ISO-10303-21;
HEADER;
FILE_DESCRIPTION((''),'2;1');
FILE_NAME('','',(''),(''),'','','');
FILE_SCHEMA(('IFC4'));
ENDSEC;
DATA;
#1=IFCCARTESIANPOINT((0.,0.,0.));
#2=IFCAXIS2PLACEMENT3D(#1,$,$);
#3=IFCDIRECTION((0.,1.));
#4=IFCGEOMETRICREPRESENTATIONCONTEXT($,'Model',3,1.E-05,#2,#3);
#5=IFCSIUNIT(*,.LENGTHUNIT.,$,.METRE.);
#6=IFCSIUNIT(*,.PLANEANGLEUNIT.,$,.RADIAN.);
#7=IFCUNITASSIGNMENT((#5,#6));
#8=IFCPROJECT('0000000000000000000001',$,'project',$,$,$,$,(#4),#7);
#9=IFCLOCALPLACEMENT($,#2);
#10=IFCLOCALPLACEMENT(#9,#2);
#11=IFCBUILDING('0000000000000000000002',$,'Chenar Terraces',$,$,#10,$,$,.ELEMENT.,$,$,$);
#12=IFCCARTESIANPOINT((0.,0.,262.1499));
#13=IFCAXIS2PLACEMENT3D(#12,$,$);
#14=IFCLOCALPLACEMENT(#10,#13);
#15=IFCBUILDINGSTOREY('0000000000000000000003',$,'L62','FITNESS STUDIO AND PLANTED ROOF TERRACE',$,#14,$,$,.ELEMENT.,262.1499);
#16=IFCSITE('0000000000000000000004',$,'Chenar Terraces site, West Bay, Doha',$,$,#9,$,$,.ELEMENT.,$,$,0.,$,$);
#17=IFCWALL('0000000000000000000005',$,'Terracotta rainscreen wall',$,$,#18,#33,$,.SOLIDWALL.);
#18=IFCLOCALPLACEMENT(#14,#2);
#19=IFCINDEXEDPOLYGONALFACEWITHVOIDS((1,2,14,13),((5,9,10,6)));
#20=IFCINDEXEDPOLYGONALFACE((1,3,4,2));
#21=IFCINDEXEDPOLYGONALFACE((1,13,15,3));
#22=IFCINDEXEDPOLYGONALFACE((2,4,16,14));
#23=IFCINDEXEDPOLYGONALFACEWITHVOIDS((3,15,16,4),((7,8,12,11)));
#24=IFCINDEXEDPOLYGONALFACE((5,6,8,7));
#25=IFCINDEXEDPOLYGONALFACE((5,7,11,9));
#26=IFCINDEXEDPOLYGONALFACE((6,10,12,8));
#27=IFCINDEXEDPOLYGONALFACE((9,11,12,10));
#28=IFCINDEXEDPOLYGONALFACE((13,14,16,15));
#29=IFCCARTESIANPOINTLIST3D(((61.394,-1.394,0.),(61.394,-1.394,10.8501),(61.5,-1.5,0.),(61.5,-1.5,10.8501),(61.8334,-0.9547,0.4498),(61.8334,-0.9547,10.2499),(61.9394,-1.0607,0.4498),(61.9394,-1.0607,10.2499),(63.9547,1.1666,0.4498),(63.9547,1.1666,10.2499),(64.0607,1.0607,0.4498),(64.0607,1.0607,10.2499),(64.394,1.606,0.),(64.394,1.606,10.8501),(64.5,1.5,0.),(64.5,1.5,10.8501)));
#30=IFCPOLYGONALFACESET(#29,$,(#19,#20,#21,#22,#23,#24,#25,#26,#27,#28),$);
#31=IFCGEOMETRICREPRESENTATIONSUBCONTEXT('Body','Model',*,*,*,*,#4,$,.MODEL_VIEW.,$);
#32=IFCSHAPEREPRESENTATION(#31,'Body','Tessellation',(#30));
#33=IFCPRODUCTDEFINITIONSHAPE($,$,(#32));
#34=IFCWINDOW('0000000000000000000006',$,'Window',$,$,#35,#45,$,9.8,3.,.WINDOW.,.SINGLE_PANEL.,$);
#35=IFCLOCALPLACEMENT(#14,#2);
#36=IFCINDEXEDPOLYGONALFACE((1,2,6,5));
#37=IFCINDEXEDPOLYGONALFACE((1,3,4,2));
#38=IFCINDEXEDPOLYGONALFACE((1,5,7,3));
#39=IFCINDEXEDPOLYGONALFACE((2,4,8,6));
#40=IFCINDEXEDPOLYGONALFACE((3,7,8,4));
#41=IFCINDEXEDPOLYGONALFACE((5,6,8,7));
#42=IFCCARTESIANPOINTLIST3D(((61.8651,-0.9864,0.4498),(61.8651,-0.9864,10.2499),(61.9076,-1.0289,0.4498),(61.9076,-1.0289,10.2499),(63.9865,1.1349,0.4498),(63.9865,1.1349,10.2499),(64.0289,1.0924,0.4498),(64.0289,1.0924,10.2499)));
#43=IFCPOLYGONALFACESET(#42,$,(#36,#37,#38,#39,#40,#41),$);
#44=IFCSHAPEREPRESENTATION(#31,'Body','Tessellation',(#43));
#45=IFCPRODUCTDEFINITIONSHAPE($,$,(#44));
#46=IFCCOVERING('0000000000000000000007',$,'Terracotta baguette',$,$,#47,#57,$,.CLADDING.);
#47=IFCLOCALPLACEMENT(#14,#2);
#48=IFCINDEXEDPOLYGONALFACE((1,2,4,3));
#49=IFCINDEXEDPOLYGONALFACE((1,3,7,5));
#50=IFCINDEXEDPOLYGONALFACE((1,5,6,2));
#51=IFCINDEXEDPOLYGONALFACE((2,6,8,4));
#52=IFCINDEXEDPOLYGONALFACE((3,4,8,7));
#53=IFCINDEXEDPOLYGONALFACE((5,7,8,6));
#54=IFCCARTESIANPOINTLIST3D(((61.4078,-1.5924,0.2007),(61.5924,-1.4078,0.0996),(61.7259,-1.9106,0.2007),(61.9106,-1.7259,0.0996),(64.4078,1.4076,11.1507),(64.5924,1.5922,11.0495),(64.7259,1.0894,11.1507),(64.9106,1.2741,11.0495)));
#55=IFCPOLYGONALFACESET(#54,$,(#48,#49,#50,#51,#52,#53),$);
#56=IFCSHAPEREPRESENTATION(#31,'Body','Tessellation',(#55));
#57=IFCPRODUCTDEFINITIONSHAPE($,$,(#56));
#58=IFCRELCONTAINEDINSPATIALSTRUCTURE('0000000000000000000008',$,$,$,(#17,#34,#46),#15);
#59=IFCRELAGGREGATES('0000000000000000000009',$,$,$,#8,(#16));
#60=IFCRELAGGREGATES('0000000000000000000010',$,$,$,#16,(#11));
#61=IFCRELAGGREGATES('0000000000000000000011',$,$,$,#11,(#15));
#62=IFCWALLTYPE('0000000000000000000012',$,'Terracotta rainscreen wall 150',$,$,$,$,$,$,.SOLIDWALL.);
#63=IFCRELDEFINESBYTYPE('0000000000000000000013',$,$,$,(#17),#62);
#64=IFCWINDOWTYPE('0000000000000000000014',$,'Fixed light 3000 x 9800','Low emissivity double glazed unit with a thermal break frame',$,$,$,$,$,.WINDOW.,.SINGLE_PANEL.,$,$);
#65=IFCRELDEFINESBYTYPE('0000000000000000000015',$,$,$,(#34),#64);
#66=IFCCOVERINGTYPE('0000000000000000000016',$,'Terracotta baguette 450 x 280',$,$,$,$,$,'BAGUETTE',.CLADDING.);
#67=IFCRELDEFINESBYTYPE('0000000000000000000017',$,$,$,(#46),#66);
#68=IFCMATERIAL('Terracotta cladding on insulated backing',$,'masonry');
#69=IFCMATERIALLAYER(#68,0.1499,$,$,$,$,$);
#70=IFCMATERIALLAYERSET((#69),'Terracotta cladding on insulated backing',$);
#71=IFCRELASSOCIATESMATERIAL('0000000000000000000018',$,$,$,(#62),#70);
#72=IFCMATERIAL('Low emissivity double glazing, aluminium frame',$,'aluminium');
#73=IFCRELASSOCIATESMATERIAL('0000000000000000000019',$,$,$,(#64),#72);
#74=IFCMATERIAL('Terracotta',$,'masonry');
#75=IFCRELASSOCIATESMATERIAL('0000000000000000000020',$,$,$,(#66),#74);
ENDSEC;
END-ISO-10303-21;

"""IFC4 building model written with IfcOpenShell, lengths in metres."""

from ifc_helpers import new_model, si_unit, direction, frame, frame_2d, origin, origin_2d, place, context, subcontext, project, spatial, rectangle, extrude, material, layer, layer_set, material_profile, profile_set, type_object, element, fill, save


model = new_model("IFC4")

# Units and contexts
model_context = context("Model", 3, precision=1e-05, world=origin(), true_north=direction((0.0, 1.0)))
body_context = subcontext(model_context, "Body", "Model", "MODEL_VIEW")
ifc_project = project(units=[si_unit("LENGTHUNIT", "METRE"), si_unit("PLANEANGLEUNIT", "RADIAN")], contexts=[model_context])

# Site, building, storey
site_placement = place(None, origin())
site = spatial("IfcSite", under=ifc_project, at=site_placement, Name="Chenar Terraces site, West Bay, Doha", CompositionType="ELEMENT", RefElevation=0.0)
building_placement = place(site_placement, origin())
building = spatial("IfcBuilding", under=site, at=building_placement, Name="Chenar Terraces", CompositionType="ELEMENT")
storey_placement = place(building_placement, frame((0.0, 0.0, 262.1499)))
storey = spatial("IfcBuildingStorey", under=building, at=storey_placement, Name="L62", Description="FITNESS STUDIO AND PLANTED ROOF TERRACE", CompositionType="ELEMENT", Elevation=262.1499)

# Wall, opening, window
ifc_material_1 = material(Name="Terracotta cladding on insulated backing", Category="masonry")
ifc_layer_1 = layer(ifc_material_1, 0.1499)
ifc_layer_set_1 = layer_set([ifc_layer_1], Name="Terracotta cladding on insulated backing")
wall_type_1 = type_object("IfcWallType", Name="Terracotta rainscreen wall 150", PredefinedType="SOLIDWALL", material=ifc_layer_set_1)
wall_1_placement = place(storey_placement, frame((61.447, -1.447, 0.0), z_axis=(0.0, 0.0, 1.0), x_axis=(0.707107, 0.707107, 0.0)))
wall_1 = element("IfcWall", 1, at=wall_1_placement, inside=storey, type_object=wall_type_1, Name="Terracotta rainscreen wall", PredefinedType="SOLIDWALL", context=body_context, shape_type="SweptSolid", body=[
    extrude(rectangle(XDim=4.2427, YDim=0.1499, at=frame_2d((2.1213, 0.0))), origin(), (0.0, 0.0, 1.0), 10.8501),
])
opening_placement = place(wall_1_placement, frame((0.6213, 0.0, 0.45)))
opening = element("IfcOpeningElement", 2, at=opening_placement, cuts=wall_1, PredefinedType="OPENING", context=body_context, shape_type="SweptSolid", body=[
    extrude(rectangle(XDim=3.0, YDim=9.8, at=frame_2d((1.5, 4.8999))), frame((0.0, 0.085, 0.0), z_axis=(0.0, -1.0, 0.0), x_axis=(1.0, 0.0, 0.0)), (0.0, 0.0, 1.0), 0.1699),
])
ifc_material_2 = material(Name="Low emissivity double glazing, aluminium frame", Category="aluminium")
window_type = type_object("IfcWindowType", Name="Fixed light 3000 x 9800", Description="Low emissivity double glazed unit with a thermal break frame", PartitioningType="SINGLE_PANEL", PredefinedType="WINDOW", material=ifc_material_2)
window_placement = place(opening_placement, origin())
window = element("IfcWindow", 3, at=window_placement, inside=storey, type_object=window_type, Name="Window", OverallHeight=9.8, OverallWidth=3.0, PartitioningType="SINGLE_PANEL", PredefinedType="WINDOW", context=body_context, shape_type="SweptSolid", body=[
    extrude(rectangle(XDim=3.0, YDim=9.8, at=frame_2d((1.5, 4.8999))), frame((0.0, 0.03, 0.0), z_axis=(0.0, -1.0, 0.0), x_axis=(1.0, 0.0, 0.0)), (0.0, 0.0, 1.0), 0.0601),
])
fill(opening, window)

# Covering
ifc_material_3 = material(Name="Terracotta", Category="masonry")
ifc_material_profile_1 = material_profile(ifc_material_3, rectangle(XDim=0.45, YDim=0.28, at=origin_2d()), Name="Terracotta baguette 450 x 280")
ifc_profile_set_1 = profile_set([ifc_material_profile_1], Name="Terracotta")
covering_type = type_object("IfcCoveringType", Name="Terracotta baguette 450 x 280", ElementType="BAGUETTE", PredefinedType="CLADDING", material=ifc_profile_set_1)
covering_placement = place(storey_placement, frame((61.6592, -1.6592, 0.1501), z_axis=(0.255468, 0.255468, 0.932455), x_axis=(-0.707107, 0.707107, 0.0)))
element("IfcCovering", 4, at=covering_placement, inside=storey, type_object=covering_type, Name="Terracotta baguette", PredefinedType="CLADDING", context=body_context, shape_type="SweptSolid", body=[
    extrude(rectangle(XDim=0.45, YDim=0.28, at=origin_2d()), origin(), (0.0, 0.0, 1.0), 11.7432),
])

save(model, "model.ifc")
